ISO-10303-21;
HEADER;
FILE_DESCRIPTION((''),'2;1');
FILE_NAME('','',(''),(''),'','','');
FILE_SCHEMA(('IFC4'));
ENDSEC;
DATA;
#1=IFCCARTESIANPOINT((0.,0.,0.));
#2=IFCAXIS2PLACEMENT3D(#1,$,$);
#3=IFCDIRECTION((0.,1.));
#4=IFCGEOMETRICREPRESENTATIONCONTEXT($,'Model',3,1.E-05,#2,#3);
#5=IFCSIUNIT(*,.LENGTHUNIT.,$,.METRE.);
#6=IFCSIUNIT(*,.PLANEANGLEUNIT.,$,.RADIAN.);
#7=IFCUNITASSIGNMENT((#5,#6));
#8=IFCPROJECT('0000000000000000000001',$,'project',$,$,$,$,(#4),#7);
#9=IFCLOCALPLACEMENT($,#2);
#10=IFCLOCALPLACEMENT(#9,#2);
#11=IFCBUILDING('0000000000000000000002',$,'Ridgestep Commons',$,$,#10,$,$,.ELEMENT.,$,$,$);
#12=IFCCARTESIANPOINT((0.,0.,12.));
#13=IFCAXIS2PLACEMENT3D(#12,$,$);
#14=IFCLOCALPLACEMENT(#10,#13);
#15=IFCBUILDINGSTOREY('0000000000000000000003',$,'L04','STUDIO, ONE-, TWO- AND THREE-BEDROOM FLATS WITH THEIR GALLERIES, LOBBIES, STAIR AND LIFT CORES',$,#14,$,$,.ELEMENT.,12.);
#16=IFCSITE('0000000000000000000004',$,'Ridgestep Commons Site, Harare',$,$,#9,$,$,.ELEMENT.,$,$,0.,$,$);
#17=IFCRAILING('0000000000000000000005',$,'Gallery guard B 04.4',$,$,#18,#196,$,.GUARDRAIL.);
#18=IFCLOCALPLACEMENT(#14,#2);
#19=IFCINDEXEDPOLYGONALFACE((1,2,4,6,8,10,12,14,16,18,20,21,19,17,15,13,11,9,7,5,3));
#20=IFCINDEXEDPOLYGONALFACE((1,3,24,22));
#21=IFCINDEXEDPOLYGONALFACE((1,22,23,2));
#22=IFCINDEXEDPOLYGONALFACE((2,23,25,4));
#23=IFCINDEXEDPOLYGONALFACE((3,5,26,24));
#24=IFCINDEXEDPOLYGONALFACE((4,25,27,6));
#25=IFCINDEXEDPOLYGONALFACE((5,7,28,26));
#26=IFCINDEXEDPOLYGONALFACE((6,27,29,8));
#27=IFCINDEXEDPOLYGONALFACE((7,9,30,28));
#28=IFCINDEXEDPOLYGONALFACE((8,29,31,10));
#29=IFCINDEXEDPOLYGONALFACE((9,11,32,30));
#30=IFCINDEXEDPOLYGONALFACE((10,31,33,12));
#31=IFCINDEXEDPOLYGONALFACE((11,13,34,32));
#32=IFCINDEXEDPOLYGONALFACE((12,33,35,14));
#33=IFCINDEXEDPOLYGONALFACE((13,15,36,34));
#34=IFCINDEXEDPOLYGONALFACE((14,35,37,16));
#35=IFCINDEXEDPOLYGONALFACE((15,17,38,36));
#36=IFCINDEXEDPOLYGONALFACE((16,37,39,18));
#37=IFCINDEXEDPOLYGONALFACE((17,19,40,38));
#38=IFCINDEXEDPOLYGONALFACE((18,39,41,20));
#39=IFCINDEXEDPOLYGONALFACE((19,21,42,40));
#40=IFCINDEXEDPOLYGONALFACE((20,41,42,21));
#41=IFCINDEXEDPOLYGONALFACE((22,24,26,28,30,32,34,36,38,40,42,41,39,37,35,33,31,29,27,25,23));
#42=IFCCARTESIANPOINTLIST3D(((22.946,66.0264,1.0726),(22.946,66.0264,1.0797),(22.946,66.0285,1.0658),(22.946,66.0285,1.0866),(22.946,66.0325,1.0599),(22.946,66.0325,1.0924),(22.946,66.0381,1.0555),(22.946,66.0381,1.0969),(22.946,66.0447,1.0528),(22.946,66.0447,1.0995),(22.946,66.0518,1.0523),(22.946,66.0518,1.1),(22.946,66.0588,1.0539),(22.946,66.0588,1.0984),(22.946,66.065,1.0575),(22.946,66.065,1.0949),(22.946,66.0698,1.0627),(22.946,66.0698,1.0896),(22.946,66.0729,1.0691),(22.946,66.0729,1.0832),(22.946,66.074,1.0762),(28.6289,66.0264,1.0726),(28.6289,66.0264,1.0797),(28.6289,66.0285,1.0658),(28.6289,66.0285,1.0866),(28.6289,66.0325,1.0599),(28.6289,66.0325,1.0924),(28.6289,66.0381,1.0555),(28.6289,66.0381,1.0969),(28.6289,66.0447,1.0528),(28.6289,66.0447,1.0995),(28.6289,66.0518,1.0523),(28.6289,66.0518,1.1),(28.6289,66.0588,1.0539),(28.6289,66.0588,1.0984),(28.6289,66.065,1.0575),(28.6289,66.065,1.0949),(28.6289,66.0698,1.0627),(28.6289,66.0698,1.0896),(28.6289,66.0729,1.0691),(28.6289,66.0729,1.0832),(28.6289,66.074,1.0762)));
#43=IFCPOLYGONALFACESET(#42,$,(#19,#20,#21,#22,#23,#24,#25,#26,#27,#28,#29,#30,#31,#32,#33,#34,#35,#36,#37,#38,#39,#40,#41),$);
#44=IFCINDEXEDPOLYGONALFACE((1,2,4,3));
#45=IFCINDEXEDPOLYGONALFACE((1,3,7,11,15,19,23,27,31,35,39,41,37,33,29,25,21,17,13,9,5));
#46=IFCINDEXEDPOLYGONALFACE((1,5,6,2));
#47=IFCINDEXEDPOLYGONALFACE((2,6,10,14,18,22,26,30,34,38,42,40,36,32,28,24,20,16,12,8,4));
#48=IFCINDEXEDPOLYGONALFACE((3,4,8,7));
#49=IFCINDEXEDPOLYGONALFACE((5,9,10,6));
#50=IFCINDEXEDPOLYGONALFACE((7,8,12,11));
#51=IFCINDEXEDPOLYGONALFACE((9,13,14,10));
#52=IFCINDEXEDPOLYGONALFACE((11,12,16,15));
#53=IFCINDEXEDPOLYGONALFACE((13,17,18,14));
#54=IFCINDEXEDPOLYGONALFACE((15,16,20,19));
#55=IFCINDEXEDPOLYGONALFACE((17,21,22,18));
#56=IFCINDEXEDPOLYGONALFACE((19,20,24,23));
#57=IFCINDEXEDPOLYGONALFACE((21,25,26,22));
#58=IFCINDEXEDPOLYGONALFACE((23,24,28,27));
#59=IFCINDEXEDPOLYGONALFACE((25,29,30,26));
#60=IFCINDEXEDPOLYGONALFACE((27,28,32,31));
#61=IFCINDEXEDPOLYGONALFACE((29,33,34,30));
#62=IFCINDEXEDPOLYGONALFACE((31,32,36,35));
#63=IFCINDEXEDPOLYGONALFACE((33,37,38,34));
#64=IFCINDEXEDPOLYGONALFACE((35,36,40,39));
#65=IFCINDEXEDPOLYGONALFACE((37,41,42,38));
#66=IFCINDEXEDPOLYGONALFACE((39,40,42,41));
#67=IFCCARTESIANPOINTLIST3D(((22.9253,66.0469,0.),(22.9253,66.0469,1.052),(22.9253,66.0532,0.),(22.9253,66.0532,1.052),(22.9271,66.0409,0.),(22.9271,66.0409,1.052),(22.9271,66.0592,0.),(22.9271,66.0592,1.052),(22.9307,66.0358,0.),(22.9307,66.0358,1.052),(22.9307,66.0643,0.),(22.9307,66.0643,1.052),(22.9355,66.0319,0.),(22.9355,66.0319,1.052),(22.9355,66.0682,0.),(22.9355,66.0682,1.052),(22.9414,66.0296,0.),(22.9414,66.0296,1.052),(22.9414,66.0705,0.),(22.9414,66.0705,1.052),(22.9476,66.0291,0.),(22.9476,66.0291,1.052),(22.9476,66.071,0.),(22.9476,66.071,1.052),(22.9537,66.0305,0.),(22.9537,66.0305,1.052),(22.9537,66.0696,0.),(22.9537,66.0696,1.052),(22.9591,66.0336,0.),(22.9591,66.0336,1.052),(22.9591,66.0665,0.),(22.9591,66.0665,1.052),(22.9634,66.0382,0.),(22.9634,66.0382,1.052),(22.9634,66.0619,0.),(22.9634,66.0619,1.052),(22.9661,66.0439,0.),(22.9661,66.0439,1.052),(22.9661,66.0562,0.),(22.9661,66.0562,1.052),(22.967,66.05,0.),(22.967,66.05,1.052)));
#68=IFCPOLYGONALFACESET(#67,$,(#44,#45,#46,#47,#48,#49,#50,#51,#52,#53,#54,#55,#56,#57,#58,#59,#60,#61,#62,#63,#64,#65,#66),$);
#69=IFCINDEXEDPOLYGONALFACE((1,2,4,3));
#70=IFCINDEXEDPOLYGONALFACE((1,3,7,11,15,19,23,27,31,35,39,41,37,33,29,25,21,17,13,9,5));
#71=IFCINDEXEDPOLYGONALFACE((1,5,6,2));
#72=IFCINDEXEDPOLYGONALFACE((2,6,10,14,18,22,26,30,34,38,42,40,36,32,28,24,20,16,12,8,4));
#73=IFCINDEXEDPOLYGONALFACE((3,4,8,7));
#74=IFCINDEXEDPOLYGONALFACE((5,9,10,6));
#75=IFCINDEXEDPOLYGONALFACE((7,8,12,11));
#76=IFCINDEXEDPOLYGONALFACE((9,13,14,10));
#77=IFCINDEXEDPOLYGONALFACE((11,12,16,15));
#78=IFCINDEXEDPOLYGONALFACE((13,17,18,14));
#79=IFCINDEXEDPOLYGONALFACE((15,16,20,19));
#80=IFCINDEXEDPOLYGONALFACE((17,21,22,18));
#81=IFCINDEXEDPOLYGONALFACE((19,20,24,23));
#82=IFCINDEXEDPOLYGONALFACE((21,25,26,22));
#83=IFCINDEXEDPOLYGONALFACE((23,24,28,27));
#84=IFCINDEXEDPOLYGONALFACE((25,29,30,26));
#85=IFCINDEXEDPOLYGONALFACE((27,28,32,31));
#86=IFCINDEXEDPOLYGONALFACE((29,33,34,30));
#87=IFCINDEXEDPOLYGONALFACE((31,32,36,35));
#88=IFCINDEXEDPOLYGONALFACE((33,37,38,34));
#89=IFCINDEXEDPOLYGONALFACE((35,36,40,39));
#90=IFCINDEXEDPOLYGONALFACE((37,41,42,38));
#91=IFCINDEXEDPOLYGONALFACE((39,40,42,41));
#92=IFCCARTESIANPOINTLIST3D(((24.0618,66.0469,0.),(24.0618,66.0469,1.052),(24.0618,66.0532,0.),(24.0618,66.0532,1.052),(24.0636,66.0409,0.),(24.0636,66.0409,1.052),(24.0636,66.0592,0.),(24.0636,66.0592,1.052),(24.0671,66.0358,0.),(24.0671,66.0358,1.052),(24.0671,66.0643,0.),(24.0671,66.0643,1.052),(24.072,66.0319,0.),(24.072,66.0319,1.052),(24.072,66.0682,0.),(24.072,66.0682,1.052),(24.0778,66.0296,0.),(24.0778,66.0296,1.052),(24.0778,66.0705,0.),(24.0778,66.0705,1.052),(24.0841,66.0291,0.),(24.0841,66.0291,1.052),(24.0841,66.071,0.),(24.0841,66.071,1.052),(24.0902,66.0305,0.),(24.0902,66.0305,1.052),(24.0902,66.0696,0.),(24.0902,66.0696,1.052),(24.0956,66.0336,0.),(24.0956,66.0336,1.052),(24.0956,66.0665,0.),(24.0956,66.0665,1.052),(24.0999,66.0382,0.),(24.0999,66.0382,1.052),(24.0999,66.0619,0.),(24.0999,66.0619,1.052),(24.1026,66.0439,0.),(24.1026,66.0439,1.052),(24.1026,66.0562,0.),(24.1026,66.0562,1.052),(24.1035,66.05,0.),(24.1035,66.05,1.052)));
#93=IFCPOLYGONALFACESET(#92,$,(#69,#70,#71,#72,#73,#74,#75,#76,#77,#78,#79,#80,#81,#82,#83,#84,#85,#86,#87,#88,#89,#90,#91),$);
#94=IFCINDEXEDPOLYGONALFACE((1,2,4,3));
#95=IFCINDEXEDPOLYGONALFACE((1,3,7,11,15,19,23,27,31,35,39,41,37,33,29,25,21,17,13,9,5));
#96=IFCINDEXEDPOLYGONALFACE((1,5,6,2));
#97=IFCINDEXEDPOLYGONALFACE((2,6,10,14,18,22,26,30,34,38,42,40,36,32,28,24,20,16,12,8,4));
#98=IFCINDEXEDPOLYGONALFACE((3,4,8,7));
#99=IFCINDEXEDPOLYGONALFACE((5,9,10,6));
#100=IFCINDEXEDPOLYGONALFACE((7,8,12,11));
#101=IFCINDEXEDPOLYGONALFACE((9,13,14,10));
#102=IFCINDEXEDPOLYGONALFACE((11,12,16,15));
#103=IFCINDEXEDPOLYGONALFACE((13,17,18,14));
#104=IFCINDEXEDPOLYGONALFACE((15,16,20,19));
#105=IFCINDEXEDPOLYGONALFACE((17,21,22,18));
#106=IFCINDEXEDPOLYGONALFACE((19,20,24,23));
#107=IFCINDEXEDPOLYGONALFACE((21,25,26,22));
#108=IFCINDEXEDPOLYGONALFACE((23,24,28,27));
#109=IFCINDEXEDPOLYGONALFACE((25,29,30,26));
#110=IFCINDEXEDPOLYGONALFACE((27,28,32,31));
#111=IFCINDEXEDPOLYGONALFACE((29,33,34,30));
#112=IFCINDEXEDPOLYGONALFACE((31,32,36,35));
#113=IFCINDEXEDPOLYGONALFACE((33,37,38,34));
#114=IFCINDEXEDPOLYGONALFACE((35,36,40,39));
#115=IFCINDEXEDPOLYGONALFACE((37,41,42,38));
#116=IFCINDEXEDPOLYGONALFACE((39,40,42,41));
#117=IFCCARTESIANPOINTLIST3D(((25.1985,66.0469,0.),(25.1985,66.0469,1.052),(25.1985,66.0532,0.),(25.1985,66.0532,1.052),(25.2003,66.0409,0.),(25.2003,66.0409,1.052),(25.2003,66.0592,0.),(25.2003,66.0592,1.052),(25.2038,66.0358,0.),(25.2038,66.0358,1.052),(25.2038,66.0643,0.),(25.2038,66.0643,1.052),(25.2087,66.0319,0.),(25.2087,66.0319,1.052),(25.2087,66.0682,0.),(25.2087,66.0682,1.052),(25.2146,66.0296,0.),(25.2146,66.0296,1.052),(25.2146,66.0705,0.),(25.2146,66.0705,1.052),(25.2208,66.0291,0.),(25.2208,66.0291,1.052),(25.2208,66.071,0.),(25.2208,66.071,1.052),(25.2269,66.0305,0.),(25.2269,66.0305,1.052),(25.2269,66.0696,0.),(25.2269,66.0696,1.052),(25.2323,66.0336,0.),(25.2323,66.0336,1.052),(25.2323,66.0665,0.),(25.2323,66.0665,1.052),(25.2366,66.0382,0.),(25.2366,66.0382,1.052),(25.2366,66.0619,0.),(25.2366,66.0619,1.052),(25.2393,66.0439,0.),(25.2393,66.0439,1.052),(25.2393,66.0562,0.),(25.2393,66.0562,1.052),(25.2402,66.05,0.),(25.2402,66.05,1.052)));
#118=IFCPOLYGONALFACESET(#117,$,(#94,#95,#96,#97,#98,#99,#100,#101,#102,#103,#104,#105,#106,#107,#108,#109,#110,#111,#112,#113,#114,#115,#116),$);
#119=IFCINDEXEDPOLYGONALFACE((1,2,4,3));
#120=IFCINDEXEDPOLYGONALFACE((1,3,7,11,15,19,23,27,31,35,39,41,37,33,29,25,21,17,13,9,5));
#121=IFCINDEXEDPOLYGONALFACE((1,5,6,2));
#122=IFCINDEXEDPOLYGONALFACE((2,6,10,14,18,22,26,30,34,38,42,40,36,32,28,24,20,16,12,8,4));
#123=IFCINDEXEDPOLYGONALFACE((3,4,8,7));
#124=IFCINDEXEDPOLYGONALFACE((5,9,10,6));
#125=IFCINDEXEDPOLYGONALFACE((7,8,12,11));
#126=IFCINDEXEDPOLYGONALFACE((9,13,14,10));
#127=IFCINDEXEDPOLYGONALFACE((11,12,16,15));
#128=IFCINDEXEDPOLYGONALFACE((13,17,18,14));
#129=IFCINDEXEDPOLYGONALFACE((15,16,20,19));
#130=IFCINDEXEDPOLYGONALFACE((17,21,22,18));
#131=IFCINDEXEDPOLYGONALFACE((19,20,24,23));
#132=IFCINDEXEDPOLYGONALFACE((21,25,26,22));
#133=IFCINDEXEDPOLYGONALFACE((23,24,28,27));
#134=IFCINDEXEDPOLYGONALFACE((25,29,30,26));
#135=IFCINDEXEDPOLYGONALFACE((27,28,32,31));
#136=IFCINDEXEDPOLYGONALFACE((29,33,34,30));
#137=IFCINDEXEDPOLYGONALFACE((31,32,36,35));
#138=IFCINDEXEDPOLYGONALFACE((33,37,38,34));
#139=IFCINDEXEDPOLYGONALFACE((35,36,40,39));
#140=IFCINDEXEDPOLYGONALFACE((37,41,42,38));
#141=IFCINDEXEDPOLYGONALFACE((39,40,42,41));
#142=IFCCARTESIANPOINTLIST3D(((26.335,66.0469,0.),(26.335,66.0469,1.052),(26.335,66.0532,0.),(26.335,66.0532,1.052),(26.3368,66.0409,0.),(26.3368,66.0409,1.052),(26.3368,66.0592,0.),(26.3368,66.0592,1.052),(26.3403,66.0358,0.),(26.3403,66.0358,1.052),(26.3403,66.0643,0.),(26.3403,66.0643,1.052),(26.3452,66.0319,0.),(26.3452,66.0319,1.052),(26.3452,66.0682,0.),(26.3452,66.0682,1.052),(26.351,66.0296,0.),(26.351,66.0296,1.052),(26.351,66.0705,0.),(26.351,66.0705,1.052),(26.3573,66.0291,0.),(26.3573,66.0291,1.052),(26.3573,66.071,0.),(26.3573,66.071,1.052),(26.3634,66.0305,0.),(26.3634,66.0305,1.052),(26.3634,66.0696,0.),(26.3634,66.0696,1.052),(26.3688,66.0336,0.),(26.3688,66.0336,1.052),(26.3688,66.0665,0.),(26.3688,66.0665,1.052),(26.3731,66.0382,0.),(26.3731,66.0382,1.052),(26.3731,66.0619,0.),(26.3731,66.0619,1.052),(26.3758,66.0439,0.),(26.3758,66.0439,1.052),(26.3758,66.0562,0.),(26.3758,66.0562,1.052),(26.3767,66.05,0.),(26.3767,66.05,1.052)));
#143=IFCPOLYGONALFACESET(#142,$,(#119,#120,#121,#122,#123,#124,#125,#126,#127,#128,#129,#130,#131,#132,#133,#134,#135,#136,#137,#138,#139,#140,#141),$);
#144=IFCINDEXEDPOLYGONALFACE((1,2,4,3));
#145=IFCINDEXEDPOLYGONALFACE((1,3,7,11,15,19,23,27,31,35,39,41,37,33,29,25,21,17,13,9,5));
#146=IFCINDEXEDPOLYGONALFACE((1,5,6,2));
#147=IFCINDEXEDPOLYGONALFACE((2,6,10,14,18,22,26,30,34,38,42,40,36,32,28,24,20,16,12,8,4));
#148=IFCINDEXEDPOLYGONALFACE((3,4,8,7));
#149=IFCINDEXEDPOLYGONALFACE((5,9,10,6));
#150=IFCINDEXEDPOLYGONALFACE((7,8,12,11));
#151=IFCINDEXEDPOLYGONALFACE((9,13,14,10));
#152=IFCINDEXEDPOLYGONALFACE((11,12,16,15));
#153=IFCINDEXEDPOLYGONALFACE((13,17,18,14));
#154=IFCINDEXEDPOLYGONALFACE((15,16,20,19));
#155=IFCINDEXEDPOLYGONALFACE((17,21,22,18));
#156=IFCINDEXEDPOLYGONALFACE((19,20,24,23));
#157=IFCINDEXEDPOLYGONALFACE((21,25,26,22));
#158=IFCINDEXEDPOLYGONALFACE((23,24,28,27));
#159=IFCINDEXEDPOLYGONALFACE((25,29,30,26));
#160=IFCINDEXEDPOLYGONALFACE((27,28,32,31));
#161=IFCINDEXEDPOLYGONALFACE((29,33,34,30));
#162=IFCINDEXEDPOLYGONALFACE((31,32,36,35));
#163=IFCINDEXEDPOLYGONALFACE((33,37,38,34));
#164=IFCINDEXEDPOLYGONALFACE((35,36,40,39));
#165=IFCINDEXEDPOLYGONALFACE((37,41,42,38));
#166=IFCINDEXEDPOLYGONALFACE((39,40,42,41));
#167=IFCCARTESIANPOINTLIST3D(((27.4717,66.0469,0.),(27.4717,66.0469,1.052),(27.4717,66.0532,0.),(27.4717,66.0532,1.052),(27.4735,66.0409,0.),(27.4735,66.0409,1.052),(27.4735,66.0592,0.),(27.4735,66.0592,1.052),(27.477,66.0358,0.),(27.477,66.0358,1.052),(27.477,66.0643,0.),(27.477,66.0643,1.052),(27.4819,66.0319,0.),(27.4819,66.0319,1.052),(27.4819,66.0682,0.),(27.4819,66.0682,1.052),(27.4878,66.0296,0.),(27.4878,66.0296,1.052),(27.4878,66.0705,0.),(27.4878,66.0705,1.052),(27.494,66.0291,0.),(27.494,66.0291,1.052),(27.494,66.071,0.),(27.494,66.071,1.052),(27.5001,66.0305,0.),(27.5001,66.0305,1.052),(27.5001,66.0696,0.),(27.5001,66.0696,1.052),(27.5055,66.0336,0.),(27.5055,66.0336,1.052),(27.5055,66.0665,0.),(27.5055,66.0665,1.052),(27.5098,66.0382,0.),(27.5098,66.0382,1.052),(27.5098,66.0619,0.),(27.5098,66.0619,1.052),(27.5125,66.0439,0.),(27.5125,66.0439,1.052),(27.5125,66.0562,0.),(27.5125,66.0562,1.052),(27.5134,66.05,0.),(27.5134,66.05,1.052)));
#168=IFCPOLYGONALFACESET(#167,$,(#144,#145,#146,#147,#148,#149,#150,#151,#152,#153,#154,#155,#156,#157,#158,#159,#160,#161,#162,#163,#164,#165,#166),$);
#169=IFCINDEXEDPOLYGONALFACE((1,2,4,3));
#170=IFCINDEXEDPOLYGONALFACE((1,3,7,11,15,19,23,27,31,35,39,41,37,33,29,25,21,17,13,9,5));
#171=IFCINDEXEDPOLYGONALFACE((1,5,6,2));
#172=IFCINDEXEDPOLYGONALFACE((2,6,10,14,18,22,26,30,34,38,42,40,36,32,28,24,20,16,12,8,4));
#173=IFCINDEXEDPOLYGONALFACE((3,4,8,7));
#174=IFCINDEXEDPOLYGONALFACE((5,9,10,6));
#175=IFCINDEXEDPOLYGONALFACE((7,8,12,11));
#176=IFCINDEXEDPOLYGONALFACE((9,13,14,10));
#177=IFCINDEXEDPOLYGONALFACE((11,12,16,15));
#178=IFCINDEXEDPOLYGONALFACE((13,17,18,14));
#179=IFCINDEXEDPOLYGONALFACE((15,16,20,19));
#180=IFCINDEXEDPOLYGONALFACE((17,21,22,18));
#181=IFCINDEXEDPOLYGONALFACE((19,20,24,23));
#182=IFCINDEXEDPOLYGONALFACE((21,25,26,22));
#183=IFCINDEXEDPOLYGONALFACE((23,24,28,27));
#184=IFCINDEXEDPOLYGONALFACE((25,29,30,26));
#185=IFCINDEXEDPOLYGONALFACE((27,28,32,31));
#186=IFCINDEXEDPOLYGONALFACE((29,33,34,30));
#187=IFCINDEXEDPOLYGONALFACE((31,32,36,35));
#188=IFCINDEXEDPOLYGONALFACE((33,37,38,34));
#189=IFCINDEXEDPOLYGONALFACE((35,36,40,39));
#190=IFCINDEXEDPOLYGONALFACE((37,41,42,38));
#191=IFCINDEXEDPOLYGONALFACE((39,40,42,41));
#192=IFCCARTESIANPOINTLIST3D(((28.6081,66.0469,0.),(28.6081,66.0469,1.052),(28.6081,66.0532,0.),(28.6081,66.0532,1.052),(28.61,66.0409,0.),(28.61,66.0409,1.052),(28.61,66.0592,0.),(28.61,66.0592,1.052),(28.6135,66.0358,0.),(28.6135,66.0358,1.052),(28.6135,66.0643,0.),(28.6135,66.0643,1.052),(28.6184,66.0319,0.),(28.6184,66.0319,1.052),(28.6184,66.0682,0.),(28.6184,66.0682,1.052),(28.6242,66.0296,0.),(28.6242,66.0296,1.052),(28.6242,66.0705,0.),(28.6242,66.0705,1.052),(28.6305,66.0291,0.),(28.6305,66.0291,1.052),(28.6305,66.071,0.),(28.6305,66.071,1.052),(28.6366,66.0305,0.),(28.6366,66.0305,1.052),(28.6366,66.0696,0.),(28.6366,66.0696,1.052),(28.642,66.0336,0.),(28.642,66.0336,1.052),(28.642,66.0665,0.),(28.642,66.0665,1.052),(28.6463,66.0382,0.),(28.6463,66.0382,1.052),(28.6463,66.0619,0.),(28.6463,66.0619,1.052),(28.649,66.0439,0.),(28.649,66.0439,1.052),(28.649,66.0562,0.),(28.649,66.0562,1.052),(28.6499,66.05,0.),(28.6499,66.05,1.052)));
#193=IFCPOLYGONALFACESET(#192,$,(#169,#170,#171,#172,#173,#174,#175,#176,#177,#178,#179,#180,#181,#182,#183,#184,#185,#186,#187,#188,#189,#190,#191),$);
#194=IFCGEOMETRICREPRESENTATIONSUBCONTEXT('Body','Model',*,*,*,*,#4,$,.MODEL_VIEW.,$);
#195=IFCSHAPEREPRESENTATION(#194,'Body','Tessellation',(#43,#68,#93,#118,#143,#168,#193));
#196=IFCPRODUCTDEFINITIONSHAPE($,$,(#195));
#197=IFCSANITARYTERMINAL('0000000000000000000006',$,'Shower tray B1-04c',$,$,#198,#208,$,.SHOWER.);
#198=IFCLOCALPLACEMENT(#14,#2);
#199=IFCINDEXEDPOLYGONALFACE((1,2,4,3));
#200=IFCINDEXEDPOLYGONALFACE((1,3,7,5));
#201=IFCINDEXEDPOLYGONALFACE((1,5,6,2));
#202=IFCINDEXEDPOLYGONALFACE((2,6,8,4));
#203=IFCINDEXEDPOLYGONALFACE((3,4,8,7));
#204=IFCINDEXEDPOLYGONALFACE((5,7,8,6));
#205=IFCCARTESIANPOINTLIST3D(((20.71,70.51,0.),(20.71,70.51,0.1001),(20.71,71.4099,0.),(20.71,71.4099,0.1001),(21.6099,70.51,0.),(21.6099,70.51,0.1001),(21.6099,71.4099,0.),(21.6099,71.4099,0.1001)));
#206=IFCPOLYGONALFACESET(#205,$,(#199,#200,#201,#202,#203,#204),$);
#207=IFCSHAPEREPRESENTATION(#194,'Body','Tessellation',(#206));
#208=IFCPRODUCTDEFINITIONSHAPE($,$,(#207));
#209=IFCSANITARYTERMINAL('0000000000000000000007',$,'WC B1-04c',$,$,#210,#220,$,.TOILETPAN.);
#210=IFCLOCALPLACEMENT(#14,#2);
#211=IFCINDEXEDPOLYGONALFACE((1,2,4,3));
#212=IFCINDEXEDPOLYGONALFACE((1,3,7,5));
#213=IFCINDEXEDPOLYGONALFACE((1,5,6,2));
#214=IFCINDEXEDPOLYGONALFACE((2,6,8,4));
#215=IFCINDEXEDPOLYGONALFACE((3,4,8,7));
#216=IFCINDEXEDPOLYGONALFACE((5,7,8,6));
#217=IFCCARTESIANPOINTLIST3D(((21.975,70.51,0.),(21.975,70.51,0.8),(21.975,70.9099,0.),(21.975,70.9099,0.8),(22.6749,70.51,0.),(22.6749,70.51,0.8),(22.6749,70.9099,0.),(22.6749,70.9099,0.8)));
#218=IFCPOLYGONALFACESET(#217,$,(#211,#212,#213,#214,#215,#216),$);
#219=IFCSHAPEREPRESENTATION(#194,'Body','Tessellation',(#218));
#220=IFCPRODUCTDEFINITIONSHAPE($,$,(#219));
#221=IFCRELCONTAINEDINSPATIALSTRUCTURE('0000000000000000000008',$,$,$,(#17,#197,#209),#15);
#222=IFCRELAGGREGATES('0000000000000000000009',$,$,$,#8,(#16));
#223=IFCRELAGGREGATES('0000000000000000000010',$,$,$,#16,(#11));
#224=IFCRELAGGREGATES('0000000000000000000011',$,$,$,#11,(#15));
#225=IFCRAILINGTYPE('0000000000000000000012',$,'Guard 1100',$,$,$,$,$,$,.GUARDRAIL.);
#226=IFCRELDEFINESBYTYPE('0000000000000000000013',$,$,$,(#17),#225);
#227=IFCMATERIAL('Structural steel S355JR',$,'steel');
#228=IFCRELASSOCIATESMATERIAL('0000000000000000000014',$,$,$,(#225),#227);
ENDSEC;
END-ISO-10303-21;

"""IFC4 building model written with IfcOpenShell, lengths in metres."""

from ifc_helpers import new_model, si_unit, direction, frame, origin, origin_2d, place, context, subcontext, project, spatial, rectangle, circle, extrude, material, type_object, element, save


model = new_model("IFC4")

# Units and contexts
model_context = context("Model", 3, precision=1e-05, world=origin(), true_north=direction((0.0, 1.0)))
body_context = subcontext(model_context, "Body", "Model", "MODEL_VIEW")
ifc_project = project(units=[si_unit("LENGTHUNIT", "METRE"), si_unit("PLANEANGLEUNIT", "RADIAN")], contexts=[model_context])

# Site, building, storey
site_placement = place(None, origin())
site = spatial("IfcSite", under=ifc_project, at=site_placement, Name="Ridgestep Commons Site, Harare", CompositionType="ELEMENT", RefElevation=0.0)
building_placement = place(site_placement, origin())
building = spatial("IfcBuilding", under=site, at=building_placement, Name="Ridgestep Commons", CompositionType="ELEMENT")
storey_placement = place(building_placement, frame((0.0, 0.0, 12.0)))
storey = spatial("IfcBuildingStorey", under=building, at=storey_placement, Name="L04", Description="STUDIO, ONE-, TWO- AND THREE-BEDROOM FLATS WITH THEIR GALLERIES, LOBBIES, STAIR AND LIFT CORES", CompositionType="ELEMENT", Elevation=12.0)

# Railing
ifc_material_1 = material(Name="Structural steel S355JR", Category="steel")
railing_type = type_object("IfcRailingType", Name="Guard 1100", PredefinedType="GUARDRAIL", material=ifc_material_1)
railing_1_placement = place(storey_placement, frame((22.946, 66.05, 0.0)))
element("IfcRailing", 1, at=railing_1_placement, inside=storey, type_object=railing_type, Name="Gallery guard B 04.4", PredefinedType="GUARDRAIL", context=body_context, shape_type="SweptSolid", body=[
    extrude(circle(Radius=0.0239, at=origin_2d()), frame((0.0, 0.0, 1.0762), z_axis=(1.0, 0.0, 0.0), x_axis=(0.0, 1.0, 0.0)), (0.0, 0.0, 1.0), 5.6829),
    extrude(circle(Radius=0.021, at=origin_2d()), origin(), (0.0, 0.0, 1.0), 1.052),
    extrude(circle(Radius=0.021, at=origin_2d()), frame((1.1365, 0.0, 0.0)), (0.0, 0.0, 1.0), 1.052),
    extrude(circle(Radius=0.021, at=origin_2d()), frame((2.2732, 0.0, 0.0)), (0.0, 0.0, 1.0), 1.052),
    extrude(circle(Radius=0.021, at=origin_2d()), frame((3.4097, 0.0, 0.0)), (0.0, 0.0, 1.0), 1.052),
    extrude(circle(Radius=0.021, at=origin_2d()), frame((4.5464, 0.0, 0.0)), (0.0, 0.0, 1.0), 1.052),
    extrude(circle(Radius=0.021, at=origin_2d()), frame((5.6829, 0.0, 0.0)), (0.0, 0.0, 1.0), 1.052),
])

# Sanitary terminals
sanitary_terminal_1_placement = place(storey_placement, frame((21.1599, 70.96, 0.0), z_axis=(0.0, 0.0, 1.0), x_axis=(1.0, 0.0, 0.0)))
element("IfcSanitaryTerminal", 2, at=sanitary_terminal_1_placement, inside=storey, Name="Shower tray B1-04c", PredefinedType="SHOWER", context=body_context, shape_type="SweptSolid", body=[
    extrude(rectangle(XDim=0.8999, YDim=0.8999, at=origin_2d()), origin(), (0.0, 0.0, 1.0), 0.1001),
])
sanitary_terminal_2_placement = place(storey_placement, frame((22.325, 70.71, 0.0), z_axis=(0.0, 0.0, 1.0), x_axis=(1.0, 0.0, 0.0)))
element("IfcSanitaryTerminal", 3, at=sanitary_terminal_2_placement, inside=storey, Name="WC B1-04c", PredefinedType="TOILETPAN", context=body_context, shape_type="SweptSolid", body=[
    extrude(rectangle(XDim=0.7, YDim=0.3999, at=origin_2d()), origin(), (0.0, 0.0, 1.0), 0.8),
])

save(model, "model.ifc")
